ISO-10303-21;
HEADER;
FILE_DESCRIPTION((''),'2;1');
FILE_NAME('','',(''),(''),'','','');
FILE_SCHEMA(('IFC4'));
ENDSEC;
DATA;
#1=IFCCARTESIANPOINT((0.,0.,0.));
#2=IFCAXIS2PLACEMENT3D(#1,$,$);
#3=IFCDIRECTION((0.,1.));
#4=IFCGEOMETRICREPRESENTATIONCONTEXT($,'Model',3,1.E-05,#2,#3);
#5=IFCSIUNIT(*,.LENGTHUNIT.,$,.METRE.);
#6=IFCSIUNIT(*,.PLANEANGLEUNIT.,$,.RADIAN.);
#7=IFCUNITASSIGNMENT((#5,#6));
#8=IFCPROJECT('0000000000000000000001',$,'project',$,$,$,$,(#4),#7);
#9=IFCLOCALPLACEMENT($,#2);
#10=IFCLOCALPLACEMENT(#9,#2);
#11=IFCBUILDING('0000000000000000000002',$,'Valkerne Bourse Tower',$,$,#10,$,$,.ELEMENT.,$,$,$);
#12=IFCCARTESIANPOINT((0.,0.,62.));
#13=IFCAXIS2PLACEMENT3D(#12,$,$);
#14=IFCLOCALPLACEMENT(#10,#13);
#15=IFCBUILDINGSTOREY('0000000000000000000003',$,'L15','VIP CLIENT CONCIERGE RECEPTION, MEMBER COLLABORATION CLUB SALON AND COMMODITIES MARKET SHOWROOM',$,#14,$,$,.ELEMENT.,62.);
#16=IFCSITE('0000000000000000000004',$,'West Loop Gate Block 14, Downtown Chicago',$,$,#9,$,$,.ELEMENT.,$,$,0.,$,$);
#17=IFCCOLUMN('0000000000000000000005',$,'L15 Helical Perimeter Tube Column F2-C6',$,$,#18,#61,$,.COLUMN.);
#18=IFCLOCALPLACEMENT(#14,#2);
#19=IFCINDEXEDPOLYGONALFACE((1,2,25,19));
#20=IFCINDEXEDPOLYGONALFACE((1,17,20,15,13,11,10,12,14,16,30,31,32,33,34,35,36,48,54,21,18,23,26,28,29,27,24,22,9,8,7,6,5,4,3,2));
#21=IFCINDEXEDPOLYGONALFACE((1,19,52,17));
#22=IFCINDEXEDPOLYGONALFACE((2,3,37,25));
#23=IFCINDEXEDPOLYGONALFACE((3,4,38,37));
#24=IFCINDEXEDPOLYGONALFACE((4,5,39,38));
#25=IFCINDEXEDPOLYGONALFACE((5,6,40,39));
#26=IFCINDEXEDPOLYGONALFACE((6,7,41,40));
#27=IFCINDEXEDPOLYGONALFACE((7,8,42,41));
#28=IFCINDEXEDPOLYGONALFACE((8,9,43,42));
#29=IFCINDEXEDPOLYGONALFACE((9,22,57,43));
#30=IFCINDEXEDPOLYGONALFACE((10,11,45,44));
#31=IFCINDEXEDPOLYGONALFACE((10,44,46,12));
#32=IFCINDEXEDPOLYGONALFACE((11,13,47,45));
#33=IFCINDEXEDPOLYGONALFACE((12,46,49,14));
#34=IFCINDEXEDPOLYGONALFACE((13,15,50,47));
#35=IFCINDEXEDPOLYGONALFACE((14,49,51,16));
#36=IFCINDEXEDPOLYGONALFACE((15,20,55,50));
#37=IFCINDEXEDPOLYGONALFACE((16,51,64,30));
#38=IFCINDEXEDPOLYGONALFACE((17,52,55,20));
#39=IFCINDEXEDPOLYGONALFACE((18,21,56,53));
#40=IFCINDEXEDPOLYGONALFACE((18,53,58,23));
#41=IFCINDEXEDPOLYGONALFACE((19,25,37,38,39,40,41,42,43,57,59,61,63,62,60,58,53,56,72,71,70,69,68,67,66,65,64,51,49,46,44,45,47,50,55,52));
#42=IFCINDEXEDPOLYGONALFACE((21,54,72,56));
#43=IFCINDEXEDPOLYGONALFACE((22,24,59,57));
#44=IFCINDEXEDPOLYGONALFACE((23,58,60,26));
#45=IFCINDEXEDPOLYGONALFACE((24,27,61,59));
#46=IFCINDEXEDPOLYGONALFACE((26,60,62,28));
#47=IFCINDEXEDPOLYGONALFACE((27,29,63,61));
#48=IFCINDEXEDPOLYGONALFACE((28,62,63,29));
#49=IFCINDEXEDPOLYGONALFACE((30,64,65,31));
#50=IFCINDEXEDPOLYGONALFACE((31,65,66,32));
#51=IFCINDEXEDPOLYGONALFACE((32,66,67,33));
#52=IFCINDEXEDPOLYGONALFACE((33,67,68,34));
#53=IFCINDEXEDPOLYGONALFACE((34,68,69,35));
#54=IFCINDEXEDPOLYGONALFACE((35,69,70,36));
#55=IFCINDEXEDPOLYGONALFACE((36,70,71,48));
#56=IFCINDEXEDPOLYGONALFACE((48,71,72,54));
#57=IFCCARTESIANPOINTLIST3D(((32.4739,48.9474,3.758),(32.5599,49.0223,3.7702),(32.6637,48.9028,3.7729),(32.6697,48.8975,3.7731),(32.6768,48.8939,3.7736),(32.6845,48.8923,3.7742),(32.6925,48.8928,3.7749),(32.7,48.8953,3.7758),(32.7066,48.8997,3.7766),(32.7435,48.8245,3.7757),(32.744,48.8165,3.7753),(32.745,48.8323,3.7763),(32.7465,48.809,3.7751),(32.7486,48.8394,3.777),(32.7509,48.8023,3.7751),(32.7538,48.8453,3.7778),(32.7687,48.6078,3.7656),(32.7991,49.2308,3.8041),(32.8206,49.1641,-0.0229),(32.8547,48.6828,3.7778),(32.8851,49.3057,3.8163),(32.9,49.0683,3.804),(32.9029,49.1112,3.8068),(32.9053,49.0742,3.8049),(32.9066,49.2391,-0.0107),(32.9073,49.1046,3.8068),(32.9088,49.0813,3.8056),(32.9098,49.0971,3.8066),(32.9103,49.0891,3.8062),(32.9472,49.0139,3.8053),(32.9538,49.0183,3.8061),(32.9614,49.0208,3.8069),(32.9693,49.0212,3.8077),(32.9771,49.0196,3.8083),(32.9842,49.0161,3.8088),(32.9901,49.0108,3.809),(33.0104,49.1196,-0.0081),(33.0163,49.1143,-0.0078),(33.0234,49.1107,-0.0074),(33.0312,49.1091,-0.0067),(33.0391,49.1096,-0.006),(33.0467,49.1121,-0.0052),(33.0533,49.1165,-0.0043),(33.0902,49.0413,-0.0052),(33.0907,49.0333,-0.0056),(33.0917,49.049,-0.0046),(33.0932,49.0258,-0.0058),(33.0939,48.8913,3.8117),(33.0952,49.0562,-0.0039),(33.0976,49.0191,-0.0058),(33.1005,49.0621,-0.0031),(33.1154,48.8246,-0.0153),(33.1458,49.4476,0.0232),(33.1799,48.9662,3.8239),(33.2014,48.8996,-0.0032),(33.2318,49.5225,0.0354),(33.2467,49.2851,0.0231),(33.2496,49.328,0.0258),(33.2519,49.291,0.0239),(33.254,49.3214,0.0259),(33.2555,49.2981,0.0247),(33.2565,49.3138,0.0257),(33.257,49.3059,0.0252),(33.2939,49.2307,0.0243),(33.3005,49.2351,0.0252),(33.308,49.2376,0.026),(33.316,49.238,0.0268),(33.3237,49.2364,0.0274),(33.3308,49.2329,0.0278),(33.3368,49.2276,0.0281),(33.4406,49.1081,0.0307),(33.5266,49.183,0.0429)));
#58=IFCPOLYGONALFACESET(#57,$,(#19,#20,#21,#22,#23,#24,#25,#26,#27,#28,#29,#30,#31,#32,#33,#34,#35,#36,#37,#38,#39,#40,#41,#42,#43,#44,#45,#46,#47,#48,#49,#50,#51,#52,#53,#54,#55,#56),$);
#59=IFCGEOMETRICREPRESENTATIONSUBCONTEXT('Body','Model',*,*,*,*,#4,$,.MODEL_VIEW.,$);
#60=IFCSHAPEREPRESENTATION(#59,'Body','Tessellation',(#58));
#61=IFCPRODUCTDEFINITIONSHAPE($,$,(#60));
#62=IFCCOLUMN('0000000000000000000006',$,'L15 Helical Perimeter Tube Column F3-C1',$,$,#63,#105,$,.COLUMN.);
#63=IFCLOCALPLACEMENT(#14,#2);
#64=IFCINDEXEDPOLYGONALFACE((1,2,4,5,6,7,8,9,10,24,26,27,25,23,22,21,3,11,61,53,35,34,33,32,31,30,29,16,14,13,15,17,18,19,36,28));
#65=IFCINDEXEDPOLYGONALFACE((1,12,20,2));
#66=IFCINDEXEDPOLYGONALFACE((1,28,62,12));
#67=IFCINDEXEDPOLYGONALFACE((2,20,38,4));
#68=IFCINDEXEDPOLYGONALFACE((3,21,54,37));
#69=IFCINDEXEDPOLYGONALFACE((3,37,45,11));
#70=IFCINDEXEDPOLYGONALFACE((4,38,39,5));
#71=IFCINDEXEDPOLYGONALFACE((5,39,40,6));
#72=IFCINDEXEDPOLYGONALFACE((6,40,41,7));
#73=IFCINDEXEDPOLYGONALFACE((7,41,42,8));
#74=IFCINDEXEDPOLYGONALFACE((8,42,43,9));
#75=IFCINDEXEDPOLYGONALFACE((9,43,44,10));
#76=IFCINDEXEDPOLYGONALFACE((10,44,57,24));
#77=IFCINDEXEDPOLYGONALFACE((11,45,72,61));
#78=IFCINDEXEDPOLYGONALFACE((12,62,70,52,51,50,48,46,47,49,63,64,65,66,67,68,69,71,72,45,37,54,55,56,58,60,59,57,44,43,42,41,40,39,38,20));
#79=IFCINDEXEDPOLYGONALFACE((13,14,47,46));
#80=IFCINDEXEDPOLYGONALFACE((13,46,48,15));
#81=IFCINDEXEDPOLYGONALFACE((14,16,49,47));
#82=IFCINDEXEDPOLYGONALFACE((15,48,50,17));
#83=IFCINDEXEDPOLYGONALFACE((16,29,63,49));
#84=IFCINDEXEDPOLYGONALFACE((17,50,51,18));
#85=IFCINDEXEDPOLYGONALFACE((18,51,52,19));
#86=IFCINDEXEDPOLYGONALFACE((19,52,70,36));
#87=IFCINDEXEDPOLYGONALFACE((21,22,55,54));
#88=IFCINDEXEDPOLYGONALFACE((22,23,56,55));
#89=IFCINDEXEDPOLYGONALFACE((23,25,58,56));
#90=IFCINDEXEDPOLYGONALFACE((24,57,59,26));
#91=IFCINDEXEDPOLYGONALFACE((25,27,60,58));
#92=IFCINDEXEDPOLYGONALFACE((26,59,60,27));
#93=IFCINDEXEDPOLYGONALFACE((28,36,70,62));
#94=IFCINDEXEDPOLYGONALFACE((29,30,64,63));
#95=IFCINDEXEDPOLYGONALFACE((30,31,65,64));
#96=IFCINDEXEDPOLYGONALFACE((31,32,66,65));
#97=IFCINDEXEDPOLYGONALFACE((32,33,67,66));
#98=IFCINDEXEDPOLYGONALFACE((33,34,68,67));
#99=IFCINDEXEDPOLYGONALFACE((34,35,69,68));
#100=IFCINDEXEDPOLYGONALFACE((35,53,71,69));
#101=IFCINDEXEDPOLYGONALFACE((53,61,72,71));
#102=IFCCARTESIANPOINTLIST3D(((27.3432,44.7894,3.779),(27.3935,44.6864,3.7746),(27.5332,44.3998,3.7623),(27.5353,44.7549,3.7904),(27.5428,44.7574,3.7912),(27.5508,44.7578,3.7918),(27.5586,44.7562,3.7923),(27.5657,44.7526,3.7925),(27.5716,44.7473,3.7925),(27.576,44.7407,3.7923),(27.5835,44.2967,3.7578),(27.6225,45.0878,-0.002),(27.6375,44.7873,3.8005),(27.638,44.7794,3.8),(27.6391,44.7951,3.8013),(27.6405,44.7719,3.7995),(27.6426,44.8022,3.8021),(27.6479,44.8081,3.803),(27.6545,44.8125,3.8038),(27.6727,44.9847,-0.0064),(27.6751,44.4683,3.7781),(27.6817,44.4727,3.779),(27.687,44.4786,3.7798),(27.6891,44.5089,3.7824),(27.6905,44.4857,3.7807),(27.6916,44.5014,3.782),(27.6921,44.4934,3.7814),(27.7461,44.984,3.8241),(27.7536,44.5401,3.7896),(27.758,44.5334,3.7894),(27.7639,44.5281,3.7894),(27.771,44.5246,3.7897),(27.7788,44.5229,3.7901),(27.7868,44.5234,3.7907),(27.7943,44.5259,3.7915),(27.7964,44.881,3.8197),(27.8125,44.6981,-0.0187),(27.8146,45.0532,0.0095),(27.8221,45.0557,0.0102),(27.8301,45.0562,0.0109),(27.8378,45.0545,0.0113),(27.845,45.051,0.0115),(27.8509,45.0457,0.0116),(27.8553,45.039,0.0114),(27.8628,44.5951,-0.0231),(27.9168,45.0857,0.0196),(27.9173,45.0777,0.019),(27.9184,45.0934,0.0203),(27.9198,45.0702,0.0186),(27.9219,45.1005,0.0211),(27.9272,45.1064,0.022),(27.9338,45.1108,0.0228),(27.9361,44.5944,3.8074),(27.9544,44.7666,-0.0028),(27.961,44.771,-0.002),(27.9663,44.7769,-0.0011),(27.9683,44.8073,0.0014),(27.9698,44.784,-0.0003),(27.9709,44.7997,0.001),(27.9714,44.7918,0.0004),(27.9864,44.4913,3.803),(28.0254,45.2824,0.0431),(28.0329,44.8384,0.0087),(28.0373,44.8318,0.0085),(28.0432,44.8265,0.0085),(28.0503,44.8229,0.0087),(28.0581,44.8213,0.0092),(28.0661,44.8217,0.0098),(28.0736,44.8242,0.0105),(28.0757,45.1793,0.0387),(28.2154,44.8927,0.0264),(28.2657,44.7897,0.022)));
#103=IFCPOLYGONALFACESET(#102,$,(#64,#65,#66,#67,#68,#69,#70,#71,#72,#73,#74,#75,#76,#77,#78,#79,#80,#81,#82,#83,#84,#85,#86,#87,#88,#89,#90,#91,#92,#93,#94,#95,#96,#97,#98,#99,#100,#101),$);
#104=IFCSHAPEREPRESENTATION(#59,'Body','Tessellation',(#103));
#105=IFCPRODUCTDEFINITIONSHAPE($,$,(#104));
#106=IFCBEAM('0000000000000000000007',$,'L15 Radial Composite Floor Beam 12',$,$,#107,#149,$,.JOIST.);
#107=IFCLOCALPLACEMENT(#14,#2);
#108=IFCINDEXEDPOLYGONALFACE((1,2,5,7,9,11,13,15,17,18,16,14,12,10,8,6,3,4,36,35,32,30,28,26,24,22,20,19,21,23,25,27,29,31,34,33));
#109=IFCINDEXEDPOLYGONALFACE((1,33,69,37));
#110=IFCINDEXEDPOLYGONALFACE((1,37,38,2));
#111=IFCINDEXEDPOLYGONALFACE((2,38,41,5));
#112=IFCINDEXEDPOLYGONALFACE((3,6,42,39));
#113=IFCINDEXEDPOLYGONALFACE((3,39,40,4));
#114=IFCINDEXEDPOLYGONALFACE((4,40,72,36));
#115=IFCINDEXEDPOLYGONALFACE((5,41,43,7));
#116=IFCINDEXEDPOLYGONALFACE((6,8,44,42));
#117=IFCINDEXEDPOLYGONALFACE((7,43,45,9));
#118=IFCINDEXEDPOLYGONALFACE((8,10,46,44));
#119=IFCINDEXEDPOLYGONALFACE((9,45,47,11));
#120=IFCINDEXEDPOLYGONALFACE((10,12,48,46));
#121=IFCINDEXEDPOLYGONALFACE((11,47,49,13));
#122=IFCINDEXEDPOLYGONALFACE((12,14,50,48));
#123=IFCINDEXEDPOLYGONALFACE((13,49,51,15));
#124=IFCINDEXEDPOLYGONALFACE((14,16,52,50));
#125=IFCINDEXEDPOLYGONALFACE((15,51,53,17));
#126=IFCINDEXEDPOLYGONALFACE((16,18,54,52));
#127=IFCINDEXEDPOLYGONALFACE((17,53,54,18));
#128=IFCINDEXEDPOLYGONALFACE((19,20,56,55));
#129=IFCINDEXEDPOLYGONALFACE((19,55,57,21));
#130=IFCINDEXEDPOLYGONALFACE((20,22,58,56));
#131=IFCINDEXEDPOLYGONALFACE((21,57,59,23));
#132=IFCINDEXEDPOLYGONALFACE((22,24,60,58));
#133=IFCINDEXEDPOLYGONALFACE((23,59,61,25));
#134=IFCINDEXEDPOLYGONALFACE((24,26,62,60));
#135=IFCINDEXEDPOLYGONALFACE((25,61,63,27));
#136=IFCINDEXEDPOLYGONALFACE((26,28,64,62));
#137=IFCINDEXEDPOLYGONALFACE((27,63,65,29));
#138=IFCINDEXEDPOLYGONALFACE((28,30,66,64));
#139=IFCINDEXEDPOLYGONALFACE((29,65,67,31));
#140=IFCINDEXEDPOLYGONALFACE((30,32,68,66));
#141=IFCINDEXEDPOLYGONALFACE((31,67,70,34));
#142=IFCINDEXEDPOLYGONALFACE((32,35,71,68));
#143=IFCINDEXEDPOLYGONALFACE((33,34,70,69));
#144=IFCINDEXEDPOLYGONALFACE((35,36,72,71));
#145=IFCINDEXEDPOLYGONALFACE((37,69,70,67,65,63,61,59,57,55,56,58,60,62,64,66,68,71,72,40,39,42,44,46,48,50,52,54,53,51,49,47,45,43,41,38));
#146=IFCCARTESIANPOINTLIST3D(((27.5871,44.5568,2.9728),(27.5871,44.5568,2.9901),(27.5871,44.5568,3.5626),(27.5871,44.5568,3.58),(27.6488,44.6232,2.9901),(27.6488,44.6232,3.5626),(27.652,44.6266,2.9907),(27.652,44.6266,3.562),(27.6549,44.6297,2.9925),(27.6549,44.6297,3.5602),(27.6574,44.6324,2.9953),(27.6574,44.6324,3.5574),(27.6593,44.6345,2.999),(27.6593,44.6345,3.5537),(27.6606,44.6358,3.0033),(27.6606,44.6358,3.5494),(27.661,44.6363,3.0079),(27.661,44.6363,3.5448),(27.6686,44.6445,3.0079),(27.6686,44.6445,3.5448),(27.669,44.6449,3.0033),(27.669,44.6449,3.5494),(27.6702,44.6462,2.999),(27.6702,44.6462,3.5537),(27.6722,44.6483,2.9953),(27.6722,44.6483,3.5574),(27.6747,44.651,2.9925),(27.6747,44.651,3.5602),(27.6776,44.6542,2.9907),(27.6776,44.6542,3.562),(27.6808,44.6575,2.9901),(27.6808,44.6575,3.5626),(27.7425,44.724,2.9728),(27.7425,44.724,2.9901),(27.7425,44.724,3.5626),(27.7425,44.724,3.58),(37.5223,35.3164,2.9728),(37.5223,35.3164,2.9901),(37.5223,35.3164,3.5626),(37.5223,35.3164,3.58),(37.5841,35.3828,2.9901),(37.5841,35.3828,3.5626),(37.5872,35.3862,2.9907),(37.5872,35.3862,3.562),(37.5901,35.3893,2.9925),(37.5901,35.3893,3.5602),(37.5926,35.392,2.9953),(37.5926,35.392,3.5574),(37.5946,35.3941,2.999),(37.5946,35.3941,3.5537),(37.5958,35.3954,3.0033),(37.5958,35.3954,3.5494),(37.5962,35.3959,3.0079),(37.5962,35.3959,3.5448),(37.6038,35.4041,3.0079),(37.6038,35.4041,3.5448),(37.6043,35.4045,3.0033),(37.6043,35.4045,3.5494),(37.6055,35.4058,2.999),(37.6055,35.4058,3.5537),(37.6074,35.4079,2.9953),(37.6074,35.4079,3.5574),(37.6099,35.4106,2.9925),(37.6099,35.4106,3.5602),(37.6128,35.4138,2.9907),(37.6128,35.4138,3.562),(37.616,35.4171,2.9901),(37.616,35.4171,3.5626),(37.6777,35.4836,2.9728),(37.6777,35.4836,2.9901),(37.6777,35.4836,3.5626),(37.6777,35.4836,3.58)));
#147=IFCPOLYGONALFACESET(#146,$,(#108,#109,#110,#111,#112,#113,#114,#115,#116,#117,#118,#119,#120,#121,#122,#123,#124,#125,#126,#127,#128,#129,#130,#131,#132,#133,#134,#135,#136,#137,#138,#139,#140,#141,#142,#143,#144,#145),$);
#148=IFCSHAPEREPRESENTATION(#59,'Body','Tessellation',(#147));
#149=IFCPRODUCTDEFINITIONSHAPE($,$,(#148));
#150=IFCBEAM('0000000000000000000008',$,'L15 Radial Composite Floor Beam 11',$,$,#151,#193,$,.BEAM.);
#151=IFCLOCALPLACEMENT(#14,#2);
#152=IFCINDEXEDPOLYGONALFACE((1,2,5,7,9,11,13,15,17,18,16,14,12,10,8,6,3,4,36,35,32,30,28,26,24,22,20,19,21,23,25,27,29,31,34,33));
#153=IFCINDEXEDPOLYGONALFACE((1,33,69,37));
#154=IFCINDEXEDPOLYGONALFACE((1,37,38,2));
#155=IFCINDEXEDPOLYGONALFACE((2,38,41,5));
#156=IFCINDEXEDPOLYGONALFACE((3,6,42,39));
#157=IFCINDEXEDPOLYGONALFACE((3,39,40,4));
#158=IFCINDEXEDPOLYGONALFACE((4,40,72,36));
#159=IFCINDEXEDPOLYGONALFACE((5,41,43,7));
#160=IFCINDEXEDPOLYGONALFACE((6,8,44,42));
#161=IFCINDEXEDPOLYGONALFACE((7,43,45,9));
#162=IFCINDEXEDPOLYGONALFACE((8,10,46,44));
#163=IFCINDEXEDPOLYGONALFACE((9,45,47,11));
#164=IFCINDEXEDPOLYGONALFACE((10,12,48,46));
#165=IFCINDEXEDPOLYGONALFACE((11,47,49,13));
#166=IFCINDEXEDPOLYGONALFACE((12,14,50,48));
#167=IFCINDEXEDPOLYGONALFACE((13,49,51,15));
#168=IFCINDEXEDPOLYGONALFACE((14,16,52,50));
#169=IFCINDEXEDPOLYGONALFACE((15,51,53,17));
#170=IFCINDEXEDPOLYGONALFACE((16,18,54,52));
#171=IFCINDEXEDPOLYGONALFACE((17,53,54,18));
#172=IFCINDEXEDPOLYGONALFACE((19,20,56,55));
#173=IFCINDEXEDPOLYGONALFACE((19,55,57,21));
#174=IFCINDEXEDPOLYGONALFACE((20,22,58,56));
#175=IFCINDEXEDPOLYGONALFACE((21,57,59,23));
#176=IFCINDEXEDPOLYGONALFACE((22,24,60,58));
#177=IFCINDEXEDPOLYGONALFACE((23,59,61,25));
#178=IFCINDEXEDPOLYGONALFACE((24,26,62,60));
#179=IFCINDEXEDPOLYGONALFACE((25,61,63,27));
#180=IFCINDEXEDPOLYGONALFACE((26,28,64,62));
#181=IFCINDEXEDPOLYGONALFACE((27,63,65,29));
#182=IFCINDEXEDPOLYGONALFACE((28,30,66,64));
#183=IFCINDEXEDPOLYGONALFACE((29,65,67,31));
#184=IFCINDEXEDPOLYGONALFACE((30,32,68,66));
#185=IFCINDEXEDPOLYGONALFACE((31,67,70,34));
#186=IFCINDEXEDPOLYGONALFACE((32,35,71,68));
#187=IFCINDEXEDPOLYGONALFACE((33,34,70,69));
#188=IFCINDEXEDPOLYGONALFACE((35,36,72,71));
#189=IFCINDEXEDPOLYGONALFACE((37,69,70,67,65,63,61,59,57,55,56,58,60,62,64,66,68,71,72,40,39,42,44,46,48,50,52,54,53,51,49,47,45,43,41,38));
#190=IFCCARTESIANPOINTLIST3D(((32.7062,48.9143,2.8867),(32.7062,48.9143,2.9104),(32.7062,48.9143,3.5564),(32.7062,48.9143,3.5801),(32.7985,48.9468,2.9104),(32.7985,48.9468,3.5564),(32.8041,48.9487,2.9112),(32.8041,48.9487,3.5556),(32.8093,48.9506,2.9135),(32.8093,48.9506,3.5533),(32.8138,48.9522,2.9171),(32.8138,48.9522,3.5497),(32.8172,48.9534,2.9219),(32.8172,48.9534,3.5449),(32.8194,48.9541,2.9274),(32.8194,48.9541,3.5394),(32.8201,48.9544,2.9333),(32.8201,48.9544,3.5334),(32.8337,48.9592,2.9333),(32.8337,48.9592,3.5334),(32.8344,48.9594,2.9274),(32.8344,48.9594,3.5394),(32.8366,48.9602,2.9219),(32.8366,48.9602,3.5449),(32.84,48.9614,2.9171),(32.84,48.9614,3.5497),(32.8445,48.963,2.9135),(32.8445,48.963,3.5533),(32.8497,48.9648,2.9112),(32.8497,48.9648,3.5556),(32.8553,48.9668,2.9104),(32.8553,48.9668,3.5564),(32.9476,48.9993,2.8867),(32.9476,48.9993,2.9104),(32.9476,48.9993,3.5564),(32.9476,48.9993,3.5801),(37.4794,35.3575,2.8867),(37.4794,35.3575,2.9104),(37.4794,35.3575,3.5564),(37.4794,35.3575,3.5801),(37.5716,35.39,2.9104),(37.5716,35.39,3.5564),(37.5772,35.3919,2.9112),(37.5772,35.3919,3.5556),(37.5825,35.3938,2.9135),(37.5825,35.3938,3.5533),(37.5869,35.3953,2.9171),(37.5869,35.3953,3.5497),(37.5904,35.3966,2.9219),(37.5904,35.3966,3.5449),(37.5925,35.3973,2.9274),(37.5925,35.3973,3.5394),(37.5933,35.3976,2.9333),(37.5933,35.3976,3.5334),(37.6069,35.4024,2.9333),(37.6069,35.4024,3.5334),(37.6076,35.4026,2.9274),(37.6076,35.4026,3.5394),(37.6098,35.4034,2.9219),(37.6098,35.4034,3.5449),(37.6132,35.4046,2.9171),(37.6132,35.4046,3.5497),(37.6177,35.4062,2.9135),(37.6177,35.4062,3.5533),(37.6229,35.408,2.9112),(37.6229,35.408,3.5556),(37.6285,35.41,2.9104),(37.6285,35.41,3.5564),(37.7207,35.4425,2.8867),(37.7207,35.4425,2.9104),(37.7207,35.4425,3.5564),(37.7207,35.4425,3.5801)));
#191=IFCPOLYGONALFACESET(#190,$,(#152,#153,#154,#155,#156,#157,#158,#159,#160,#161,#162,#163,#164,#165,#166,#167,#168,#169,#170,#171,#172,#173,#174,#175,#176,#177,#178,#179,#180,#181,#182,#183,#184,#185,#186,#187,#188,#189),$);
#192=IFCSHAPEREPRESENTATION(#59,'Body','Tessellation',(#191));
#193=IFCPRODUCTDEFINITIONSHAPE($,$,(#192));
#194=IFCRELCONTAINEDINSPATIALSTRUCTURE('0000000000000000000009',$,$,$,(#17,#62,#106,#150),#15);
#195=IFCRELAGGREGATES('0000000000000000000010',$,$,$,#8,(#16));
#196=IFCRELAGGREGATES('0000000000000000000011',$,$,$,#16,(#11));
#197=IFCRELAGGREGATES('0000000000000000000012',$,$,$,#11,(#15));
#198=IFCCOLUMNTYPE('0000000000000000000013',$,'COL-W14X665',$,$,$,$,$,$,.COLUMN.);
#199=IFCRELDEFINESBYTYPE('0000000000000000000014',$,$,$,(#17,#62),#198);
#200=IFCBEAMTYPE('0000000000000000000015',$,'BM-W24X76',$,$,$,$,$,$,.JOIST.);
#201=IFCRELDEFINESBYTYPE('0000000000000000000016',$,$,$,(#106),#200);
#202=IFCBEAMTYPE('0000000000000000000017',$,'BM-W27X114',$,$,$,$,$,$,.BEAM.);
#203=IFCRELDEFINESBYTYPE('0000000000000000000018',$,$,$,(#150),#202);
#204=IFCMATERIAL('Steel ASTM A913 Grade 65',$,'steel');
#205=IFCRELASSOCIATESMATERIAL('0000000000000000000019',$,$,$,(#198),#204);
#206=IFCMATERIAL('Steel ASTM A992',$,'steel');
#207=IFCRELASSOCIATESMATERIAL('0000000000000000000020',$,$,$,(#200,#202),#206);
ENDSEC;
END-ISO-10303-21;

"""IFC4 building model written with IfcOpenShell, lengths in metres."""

from ifc_helpers import new_model, si_unit, direction, frame, origin, origin_2d, place, context, subcontext, project, spatial, i_section, extrude, material, material_profile, profile_set, type_object, element, save


model = new_model("IFC4")

# Units and contexts
model_context = context("Model", 3, precision=1e-05, world=origin(), true_north=direction((0.0, 1.0)))
body_context = subcontext(model_context, "Body", "Model", "MODEL_VIEW")
ifc_project = project(units=[si_unit("LENGTHUNIT", "METRE"), si_unit("PLANEANGLEUNIT", "RADIAN")], contexts=[model_context])

# Site, building, storey
site_placement = place(None, origin())
site = spatial("IfcSite", under=ifc_project, at=site_placement, Name="West Loop Gate Block 14, Downtown Chicago", CompositionType="ELEMENT", RefElevation=0.0)
building_placement = place(site_placement, origin())
building = spatial("IfcBuilding", under=site, at=building_placement, Name="Valkerne Bourse Tower", CompositionType="ELEMENT")
storey_placement = place(building_placement, frame((0.0, 0.0, 62.0)))
storey = spatial("IfcBuildingStorey", under=building, at=storey_placement, Name="L15", Description="VIP CLIENT CONCIERGE RECEPTION, MEMBER COLLABORATION CLUB SALON AND COMMODITIES MARKET SHOWROOM", CompositionType="ELEMENT", Elevation=62.0)

# Columns
ifc_material_1 = material(Name="Steel ASTM A913 Grade 65", Category="steel")
ifc_material_profile_1 = material_profile(ifc_material_1, i_section(OverallWidth=0.4497, OverallDepth=0.5486, WebThickness=0.072, FlangeThickness=0.1147, FilletRadius=0.0305, at=origin_2d()), Name="W14X665")
ifc_profile_set_1 = profile_set([ifc_material_profile_1], Name="Steel ASTM A913 Grade 65")
column_type = type_object("IfcColumnType", Name="COL-W14X665", PredefinedType="COLUMN", material=ifc_profile_set_1)
for number, where, z_axis, x_axis, name in (
    (1, (33.1736, 49.1736, 0.01), (-0.091158, -0.057006, 0.994203), (-0.655552, 0.754963, -0.016819), "L15 Helical Perimeter Tube Column F2-C6"),
    (2, (27.9441, 44.9387, 0.01), (-0.073441, -0.078448, 0.994209), (-0.895953, -0.43267, -0.100322), "L15 Helical Perimeter Tube Column F3-C1"),
):
    element("IfcColumn", number, at=place(storey_placement, frame(where, z_axis=z_axis, x_axis=x_axis)), inside=storey, type_object=column_type, Name=name, PredefinedType="COLUMN", context=body_context, shape_type="SweptSolid", body=[
        extrude(i_section(OverallWidth=0.4497, OverallDepth=0.5486, WebThickness=0.072, FlangeThickness=0.1147, FilletRadius=0.0305, at=origin_2d()), origin(), (0.0, 0.0, 1.0), 3.803),
    ])

# Beams
ifc_material_2 = material(Name="Steel ASTM A992", Category="steel")
ifc_material_profile_2 = material_profile(ifc_material_2, i_section(OverallWidth=0.2283, OverallDepth=0.6072, WebThickness=0.0112, FlangeThickness=0.0173, FilletRadius=0.0178, at=origin_2d()), Name="W24X76")
ifc_profile_set_2 = profile_set([ifc_material_profile_2], Name="Steel ASTM A992")
beam_type_1 = type_object("IfcBeamType", Name="BM-W24X76", PredefinedType="JOIST", material=ifc_profile_set_2)
beam_1_placement = place(storey_placement, frame((27.6648, 44.6404, 3.2764), z_axis=(0.732248, -0.681038, 0.0), x_axis=(0.681038, 0.732248, 0.0)))
element("IfcBeam", 3, at=beam_1_placement, inside=storey, type_object=beam_type_1, Name="L15 Radial Composite Floor Beam 12", PredefinedType="JOIST", context=body_context, shape_type="SweptSolid", body=[
    extrude(i_section(OverallWidth=0.2283, OverallDepth=0.6072, WebThickness=0.0112, FlangeThickness=0.0173, FilletRadius=0.0178, at=origin_2d()), origin(), (0.0, 0.0, 1.0), 13.5681),
])
ifc_material_profile_3 = material_profile(ifc_material_2, i_section(OverallWidth=0.2559, OverallDepth=0.6934, WebThickness=0.0144, FlangeThickness=0.0237, FilletRadius=0.0229, at=origin_2d()), Name="W27X114")
ifc_profile_set_3 = profile_set([ifc_material_profile_3], Name="Steel ASTM A992")
beam_type_2 = type_object("IfcBeamType", Name="BM-W27X114", PredefinedType="BEAM", material=ifc_profile_set_3)
beam_2_placement = place(storey_placement, frame((32.8269, 48.9568, 3.2334), z_axis=(0.332103, -0.943243, 0.0), x_axis=(0.943243, 0.332103, 0.0)))
element("IfcBeam", 4, at=beam_2_placement, inside=storey, type_object=beam_type_2, Name="L15 Radial Composite Floor Beam 11", PredefinedType="BEAM", context=body_context, shape_type="SweptSolid", body=[
    extrude(i_section(OverallWidth=0.2559, OverallDepth=0.6934, WebThickness=0.0144, FlangeThickness=0.0237, FilletRadius=0.0229, at=origin_2d()), origin(), (0.0, 0.0, 1.0), 14.3726),
])

save(model, "model.ifc")
